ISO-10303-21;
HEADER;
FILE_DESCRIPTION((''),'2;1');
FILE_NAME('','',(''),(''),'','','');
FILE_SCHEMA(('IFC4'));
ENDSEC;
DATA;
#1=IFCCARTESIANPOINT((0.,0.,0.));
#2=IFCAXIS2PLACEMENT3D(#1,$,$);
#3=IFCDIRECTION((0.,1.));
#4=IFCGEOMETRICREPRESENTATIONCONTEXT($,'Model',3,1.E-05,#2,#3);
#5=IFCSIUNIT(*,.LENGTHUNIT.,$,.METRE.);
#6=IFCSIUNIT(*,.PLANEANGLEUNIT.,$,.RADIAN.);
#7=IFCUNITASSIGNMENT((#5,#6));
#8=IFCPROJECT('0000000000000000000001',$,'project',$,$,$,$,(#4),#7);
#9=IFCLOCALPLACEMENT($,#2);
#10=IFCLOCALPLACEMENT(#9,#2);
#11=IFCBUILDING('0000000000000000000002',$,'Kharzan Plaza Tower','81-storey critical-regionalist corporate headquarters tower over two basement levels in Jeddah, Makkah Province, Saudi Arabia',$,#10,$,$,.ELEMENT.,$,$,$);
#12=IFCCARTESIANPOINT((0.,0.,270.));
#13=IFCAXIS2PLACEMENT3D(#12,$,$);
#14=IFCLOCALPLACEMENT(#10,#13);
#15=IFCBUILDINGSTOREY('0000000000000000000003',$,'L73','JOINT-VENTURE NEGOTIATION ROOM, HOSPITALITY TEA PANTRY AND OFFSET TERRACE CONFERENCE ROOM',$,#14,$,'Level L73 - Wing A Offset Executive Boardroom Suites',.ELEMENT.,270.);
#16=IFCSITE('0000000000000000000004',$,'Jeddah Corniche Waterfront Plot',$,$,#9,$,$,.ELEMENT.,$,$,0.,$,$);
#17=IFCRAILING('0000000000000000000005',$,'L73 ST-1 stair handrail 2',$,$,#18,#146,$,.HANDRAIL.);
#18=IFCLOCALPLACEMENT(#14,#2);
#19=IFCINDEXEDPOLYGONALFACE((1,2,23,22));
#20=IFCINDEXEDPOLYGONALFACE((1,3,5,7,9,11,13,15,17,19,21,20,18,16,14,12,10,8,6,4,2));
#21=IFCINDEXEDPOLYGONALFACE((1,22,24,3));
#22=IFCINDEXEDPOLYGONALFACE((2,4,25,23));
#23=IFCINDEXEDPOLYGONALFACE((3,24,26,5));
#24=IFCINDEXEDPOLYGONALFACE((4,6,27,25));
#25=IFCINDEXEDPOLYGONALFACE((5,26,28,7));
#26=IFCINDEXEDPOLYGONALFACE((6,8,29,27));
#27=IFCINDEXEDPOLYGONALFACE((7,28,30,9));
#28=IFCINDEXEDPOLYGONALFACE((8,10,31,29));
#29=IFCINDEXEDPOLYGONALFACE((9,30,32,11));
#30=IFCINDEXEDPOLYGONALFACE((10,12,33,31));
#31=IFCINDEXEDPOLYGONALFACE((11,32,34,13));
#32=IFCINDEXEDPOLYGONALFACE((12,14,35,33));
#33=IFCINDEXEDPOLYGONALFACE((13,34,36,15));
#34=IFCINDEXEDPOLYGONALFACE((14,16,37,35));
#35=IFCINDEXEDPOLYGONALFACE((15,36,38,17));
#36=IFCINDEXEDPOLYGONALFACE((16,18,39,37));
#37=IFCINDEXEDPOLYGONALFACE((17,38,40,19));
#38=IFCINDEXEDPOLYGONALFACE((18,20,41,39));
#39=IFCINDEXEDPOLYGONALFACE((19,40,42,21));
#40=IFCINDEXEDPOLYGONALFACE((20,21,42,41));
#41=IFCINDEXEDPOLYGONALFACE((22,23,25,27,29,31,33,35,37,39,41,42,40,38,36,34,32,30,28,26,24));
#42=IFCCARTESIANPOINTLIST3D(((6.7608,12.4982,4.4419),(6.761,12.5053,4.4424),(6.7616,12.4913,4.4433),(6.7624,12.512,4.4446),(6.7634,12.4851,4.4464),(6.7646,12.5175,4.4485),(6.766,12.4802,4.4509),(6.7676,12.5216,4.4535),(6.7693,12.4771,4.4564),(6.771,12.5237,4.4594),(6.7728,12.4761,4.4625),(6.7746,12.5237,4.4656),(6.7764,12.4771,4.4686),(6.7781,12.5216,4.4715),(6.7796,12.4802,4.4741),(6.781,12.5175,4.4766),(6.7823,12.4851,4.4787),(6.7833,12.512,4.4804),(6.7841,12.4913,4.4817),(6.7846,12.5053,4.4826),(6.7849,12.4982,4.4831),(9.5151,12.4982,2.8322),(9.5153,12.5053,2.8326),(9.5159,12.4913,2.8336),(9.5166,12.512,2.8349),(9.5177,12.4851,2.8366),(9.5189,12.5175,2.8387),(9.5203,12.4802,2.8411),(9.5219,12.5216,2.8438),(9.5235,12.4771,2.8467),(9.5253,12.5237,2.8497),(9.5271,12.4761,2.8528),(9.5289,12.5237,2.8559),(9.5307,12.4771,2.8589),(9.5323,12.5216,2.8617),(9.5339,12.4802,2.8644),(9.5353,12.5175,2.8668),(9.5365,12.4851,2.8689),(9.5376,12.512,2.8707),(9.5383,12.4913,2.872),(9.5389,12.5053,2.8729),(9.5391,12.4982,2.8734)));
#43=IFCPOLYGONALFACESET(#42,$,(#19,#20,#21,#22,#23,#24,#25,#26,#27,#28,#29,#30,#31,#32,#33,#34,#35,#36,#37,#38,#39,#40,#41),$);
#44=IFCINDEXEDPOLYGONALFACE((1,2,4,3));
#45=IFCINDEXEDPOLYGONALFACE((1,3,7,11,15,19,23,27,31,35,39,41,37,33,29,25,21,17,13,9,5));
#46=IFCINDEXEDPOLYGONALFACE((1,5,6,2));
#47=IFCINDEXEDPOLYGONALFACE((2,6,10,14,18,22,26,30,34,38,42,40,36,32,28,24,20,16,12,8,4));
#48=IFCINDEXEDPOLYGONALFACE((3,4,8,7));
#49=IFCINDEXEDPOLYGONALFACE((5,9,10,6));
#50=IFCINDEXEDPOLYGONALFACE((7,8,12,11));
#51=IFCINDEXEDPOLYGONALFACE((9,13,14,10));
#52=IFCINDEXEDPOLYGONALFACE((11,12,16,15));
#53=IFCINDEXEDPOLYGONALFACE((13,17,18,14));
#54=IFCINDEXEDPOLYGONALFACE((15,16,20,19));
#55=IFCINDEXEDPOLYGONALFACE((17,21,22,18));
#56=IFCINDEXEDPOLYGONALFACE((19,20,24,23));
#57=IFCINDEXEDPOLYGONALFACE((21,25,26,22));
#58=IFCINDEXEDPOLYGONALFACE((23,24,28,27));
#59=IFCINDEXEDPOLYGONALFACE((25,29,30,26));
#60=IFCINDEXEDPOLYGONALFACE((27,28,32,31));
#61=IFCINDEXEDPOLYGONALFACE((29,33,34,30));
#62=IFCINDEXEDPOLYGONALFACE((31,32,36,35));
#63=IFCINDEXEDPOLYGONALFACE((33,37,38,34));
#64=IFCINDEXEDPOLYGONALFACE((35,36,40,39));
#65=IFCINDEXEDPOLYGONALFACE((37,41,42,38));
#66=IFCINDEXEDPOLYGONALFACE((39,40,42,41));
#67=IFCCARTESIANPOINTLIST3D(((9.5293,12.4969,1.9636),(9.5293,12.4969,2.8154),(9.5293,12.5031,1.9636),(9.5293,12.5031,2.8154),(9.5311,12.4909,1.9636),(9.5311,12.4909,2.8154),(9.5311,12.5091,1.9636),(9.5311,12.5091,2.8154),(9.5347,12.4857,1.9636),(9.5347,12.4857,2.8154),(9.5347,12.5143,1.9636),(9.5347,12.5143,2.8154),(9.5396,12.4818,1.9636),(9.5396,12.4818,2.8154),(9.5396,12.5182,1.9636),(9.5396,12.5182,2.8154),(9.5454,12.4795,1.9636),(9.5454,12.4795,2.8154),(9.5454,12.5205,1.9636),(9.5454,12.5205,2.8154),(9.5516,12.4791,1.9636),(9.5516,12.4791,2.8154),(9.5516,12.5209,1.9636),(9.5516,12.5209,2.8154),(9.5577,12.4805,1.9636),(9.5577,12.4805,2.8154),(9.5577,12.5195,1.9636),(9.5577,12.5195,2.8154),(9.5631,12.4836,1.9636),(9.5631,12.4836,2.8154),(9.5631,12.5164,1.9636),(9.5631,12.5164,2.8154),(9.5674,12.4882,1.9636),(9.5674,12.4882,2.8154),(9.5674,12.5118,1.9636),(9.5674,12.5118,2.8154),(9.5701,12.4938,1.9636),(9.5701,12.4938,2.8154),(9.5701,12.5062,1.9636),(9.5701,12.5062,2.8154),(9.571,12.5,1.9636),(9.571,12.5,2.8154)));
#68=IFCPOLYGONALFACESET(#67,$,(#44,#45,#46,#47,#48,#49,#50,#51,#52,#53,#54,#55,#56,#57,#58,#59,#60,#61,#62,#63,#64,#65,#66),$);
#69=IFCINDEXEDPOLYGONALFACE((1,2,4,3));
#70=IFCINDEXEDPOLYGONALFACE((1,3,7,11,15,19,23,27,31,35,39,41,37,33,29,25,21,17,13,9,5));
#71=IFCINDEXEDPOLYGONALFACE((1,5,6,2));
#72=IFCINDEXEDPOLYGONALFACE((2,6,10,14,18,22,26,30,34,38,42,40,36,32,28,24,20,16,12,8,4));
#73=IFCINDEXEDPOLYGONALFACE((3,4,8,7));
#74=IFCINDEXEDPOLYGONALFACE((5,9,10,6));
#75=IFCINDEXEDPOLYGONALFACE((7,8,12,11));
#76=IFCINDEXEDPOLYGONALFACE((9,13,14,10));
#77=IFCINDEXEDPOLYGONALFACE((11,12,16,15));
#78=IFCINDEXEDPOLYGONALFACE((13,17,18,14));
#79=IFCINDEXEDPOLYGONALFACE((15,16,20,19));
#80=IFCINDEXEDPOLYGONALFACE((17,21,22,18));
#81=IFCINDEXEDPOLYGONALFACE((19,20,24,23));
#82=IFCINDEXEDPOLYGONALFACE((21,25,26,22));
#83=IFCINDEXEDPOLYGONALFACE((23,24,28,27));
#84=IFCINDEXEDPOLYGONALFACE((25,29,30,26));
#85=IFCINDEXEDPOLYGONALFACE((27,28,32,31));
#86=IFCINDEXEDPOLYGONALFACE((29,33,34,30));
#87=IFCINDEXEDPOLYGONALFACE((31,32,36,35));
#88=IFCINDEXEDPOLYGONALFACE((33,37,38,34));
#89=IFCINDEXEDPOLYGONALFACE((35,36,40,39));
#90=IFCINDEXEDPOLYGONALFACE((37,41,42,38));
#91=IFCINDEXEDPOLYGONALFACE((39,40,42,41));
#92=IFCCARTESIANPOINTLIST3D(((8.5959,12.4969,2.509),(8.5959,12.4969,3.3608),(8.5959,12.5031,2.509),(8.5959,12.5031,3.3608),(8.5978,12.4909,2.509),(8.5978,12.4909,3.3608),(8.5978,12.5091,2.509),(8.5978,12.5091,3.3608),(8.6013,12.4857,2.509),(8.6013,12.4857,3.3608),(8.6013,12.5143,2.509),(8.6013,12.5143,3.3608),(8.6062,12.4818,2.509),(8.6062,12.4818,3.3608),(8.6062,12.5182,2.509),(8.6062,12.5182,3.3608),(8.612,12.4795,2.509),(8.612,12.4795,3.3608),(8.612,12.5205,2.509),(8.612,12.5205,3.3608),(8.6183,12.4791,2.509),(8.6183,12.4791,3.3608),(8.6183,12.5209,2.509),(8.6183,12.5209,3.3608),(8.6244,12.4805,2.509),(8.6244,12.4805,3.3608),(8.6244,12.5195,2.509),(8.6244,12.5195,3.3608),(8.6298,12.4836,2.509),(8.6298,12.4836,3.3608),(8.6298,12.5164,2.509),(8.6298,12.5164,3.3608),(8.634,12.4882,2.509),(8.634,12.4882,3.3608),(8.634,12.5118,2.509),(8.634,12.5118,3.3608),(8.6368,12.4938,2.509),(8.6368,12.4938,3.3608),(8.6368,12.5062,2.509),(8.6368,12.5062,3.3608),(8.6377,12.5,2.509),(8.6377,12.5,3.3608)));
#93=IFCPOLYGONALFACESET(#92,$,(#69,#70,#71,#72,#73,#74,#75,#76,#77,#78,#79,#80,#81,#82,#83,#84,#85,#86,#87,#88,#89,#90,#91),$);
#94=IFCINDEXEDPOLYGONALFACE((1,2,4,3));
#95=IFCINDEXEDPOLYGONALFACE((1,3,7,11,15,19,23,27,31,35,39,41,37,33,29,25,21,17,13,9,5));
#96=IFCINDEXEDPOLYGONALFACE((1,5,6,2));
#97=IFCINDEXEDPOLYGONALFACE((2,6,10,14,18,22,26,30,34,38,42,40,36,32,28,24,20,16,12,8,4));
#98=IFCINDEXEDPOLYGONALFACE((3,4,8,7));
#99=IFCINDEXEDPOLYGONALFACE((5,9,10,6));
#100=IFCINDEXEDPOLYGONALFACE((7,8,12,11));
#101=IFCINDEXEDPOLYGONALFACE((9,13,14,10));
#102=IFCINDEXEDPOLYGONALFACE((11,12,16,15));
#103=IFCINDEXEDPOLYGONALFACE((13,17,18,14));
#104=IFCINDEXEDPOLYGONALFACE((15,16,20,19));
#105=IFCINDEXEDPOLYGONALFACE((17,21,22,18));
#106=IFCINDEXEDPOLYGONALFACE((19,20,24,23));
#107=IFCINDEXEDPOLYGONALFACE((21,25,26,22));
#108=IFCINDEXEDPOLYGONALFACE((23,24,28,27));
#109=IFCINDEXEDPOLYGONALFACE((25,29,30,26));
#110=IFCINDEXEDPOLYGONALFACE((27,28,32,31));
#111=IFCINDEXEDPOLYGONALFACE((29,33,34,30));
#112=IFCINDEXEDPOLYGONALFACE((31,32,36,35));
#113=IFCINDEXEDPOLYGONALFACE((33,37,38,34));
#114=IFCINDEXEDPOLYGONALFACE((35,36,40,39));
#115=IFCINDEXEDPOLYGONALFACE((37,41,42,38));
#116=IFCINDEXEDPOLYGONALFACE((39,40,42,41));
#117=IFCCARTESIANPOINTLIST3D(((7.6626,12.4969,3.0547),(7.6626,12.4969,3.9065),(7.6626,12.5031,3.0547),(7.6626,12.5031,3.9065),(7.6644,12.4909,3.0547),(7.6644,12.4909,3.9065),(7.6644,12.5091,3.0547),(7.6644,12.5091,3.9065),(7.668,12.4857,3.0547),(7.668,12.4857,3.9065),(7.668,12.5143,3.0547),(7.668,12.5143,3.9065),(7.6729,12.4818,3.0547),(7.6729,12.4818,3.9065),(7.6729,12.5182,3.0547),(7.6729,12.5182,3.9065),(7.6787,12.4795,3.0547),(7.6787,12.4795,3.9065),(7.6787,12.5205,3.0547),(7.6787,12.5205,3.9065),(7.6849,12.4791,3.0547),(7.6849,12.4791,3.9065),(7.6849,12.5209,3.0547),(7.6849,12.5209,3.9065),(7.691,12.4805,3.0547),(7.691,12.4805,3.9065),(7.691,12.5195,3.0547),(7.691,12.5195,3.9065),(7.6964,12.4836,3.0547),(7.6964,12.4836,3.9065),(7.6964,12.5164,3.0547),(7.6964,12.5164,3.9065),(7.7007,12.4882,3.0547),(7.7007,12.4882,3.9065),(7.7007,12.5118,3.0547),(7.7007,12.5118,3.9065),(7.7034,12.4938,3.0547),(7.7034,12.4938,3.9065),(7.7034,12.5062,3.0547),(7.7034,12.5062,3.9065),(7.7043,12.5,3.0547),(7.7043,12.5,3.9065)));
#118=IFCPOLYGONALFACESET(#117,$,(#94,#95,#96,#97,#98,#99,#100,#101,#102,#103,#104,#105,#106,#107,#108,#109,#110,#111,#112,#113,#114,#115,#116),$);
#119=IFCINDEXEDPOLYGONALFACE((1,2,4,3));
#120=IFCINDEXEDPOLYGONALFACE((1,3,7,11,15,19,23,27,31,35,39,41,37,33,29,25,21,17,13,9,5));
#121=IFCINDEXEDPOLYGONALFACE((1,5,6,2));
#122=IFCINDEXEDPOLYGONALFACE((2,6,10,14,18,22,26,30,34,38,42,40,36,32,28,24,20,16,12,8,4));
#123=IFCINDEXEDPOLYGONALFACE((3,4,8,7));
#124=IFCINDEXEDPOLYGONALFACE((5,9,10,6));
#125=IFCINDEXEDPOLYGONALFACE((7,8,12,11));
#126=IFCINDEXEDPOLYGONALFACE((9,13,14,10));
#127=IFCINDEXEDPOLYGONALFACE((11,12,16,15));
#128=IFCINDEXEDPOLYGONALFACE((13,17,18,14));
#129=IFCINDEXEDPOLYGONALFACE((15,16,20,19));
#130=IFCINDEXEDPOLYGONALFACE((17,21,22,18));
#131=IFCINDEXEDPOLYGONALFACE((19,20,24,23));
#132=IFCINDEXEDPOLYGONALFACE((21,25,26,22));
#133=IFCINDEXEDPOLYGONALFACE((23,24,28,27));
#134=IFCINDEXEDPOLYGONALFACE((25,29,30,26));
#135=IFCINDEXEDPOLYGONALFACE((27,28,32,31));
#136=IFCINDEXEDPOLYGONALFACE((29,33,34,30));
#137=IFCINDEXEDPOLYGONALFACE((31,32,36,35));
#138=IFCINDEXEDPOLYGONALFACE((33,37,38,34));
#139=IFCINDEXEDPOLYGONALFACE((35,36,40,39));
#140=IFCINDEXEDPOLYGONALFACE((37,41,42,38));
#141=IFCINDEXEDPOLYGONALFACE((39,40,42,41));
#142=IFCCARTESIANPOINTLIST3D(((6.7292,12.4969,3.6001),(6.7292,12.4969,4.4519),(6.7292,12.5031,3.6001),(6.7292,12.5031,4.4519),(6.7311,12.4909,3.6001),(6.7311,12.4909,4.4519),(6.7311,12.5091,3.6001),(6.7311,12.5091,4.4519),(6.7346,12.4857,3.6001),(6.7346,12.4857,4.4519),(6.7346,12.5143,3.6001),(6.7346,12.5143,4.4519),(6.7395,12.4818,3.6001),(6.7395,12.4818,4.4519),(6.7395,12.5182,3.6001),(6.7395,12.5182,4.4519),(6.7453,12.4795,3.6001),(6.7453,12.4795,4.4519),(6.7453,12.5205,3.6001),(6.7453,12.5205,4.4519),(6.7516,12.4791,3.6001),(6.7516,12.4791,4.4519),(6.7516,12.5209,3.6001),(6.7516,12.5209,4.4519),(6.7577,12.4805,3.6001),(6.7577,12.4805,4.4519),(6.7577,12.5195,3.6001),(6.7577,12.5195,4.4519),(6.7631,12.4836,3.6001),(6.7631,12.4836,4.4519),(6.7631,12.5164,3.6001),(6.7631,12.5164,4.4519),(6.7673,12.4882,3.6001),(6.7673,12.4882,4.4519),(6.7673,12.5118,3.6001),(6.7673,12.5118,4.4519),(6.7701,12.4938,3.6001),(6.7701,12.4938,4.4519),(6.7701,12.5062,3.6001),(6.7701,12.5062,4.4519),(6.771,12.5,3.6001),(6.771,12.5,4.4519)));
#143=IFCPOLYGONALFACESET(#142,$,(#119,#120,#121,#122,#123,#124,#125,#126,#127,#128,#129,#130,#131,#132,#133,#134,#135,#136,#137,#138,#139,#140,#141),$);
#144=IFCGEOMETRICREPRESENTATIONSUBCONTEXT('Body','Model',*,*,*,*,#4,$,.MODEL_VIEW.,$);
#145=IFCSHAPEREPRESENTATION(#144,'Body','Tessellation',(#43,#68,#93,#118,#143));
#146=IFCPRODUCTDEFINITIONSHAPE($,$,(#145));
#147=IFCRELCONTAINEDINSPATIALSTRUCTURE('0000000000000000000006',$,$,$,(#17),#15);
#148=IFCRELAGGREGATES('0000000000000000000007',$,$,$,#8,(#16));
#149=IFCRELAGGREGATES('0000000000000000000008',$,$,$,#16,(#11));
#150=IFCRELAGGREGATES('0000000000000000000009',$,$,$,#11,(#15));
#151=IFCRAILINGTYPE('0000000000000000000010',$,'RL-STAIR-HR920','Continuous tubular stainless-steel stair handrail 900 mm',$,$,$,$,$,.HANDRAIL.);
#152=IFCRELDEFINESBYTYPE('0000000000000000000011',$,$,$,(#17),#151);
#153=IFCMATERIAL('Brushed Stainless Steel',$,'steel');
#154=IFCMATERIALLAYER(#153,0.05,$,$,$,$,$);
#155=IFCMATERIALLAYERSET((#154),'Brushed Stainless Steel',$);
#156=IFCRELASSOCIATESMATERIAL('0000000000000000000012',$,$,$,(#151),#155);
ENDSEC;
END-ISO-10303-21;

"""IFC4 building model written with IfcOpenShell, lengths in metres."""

from ifc_helpers import new_model, si_unit, direction, frame, origin, origin_2d, place, context, subcontext, project, spatial, circle, extrude, source, transform, mapped, material, layer, layer_set, type_object, element, save


model = new_model("IFC4")

# Units and contexts
model_context = context("Model", 3, precision=1e-05, world=origin(), true_north=direction((0.0, 1.0)))
body_context = subcontext(model_context, "Body", "Model", "MODEL_VIEW")
ifc_project = project(units=[si_unit("LENGTHUNIT", "METRE"), si_unit("PLANEANGLEUNIT", "RADIAN")], contexts=[model_context])

# Site, building, storey
site_placement = place(None, origin())
site = spatial("IfcSite", under=ifc_project, at=site_placement, Name="Jeddah Corniche Waterfront Plot", CompositionType="ELEMENT", RefElevation=0.0)
building_placement = place(site_placement, origin())
building = spatial("IfcBuilding", under=site, at=building_placement, Name="Kharzan Plaza Tower", Description="81-storey critical-regionalist corporate headquarters tower over two basement levels in Jeddah, Makkah Province, Saudi Arabia", CompositionType="ELEMENT")
storey_placement = place(building_placement, frame((0.0, 0.0, 270.0)))
storey = spatial("IfcBuildingStorey", under=building, at=storey_placement, Name="L73", Description="JOINT-VENTURE NEGOTIATION ROOM, HOSPITALITY TEA PANTRY AND OFFSET TERRACE CONFERENCE ROOM", LongName="Level L73 - Wing A Offset Executive Boardroom Suites", CompositionType="ELEMENT", Elevation=270.0)

# Shared definitions
ifc_material_1 = material(Name="Brushed Stainless Steel", Category="steel")

# Railing
ifc_layer_1 = layer(ifc_material_1, 0.05)
ifc_layer_set_1 = layer_set([ifc_layer_1], Name="Brushed Stainless Steel")
railing_type_1 = type_object("IfcRailingType", Name="RL-STAIR-HR920", Description="Continuous tubular stainless-steel stair handrail 900 mm", PredefinedType="HANDRAIL", material=ifc_layer_set_1)
shared_shape_1 = source(origin(), body_context, "Body", "SweptSolid", [
    extrude(circle(Radius=0.0239, at=origin_2d()), frame((-0.0229, 0.0, 0.8892), z_axis=(-0.863361, 0.0, 0.504587), x_axis=(0.0, -1.0, 0.0)), (0.0, 0.0, 1.0), 3.1902),
    extrude(circle(Radius=0.021, at=origin_2d()), origin(), (0.0, 0.0, 1.0), 0.8518),
    extrude(circle(Radius=0.021, at=origin_2d()), frame((-0.9333, 0.0, 0.5454)), (0.0, 0.0, 1.0), 0.8518),
    extrude(circle(Radius=0.021, at=origin_2d()), frame((-1.8667, 0.0, 1.0911)), (0.0, 0.0, 1.0), 0.8518),
    extrude(circle(Radius=0.021, at=origin_2d()), frame((-2.8, 0.0, 1.6365)), (0.0, 0.0, 1.0), 0.8518),
])
railing_1_placement = place(storey_placement, frame((9.55, 12.5, 1.9636)))
element("IfcRailing", 1, at=railing_1_placement, inside=storey, type_object=railing_type_1, Name="L73 ST-1 stair handrail 2", PredefinedType="HANDRAIL", context=body_context, shape_type="MappedRepresentation", body=[
    mapped(shared_shape_1, transform((0.0, 0.0, 0.0), x_axis=(1.0, 0.0, 0.0), y_axis=(0.0, 1.0, 0.0), z_axis=(0.0, 0.0, 1.0))),
])

save(model, "model.ifc")
